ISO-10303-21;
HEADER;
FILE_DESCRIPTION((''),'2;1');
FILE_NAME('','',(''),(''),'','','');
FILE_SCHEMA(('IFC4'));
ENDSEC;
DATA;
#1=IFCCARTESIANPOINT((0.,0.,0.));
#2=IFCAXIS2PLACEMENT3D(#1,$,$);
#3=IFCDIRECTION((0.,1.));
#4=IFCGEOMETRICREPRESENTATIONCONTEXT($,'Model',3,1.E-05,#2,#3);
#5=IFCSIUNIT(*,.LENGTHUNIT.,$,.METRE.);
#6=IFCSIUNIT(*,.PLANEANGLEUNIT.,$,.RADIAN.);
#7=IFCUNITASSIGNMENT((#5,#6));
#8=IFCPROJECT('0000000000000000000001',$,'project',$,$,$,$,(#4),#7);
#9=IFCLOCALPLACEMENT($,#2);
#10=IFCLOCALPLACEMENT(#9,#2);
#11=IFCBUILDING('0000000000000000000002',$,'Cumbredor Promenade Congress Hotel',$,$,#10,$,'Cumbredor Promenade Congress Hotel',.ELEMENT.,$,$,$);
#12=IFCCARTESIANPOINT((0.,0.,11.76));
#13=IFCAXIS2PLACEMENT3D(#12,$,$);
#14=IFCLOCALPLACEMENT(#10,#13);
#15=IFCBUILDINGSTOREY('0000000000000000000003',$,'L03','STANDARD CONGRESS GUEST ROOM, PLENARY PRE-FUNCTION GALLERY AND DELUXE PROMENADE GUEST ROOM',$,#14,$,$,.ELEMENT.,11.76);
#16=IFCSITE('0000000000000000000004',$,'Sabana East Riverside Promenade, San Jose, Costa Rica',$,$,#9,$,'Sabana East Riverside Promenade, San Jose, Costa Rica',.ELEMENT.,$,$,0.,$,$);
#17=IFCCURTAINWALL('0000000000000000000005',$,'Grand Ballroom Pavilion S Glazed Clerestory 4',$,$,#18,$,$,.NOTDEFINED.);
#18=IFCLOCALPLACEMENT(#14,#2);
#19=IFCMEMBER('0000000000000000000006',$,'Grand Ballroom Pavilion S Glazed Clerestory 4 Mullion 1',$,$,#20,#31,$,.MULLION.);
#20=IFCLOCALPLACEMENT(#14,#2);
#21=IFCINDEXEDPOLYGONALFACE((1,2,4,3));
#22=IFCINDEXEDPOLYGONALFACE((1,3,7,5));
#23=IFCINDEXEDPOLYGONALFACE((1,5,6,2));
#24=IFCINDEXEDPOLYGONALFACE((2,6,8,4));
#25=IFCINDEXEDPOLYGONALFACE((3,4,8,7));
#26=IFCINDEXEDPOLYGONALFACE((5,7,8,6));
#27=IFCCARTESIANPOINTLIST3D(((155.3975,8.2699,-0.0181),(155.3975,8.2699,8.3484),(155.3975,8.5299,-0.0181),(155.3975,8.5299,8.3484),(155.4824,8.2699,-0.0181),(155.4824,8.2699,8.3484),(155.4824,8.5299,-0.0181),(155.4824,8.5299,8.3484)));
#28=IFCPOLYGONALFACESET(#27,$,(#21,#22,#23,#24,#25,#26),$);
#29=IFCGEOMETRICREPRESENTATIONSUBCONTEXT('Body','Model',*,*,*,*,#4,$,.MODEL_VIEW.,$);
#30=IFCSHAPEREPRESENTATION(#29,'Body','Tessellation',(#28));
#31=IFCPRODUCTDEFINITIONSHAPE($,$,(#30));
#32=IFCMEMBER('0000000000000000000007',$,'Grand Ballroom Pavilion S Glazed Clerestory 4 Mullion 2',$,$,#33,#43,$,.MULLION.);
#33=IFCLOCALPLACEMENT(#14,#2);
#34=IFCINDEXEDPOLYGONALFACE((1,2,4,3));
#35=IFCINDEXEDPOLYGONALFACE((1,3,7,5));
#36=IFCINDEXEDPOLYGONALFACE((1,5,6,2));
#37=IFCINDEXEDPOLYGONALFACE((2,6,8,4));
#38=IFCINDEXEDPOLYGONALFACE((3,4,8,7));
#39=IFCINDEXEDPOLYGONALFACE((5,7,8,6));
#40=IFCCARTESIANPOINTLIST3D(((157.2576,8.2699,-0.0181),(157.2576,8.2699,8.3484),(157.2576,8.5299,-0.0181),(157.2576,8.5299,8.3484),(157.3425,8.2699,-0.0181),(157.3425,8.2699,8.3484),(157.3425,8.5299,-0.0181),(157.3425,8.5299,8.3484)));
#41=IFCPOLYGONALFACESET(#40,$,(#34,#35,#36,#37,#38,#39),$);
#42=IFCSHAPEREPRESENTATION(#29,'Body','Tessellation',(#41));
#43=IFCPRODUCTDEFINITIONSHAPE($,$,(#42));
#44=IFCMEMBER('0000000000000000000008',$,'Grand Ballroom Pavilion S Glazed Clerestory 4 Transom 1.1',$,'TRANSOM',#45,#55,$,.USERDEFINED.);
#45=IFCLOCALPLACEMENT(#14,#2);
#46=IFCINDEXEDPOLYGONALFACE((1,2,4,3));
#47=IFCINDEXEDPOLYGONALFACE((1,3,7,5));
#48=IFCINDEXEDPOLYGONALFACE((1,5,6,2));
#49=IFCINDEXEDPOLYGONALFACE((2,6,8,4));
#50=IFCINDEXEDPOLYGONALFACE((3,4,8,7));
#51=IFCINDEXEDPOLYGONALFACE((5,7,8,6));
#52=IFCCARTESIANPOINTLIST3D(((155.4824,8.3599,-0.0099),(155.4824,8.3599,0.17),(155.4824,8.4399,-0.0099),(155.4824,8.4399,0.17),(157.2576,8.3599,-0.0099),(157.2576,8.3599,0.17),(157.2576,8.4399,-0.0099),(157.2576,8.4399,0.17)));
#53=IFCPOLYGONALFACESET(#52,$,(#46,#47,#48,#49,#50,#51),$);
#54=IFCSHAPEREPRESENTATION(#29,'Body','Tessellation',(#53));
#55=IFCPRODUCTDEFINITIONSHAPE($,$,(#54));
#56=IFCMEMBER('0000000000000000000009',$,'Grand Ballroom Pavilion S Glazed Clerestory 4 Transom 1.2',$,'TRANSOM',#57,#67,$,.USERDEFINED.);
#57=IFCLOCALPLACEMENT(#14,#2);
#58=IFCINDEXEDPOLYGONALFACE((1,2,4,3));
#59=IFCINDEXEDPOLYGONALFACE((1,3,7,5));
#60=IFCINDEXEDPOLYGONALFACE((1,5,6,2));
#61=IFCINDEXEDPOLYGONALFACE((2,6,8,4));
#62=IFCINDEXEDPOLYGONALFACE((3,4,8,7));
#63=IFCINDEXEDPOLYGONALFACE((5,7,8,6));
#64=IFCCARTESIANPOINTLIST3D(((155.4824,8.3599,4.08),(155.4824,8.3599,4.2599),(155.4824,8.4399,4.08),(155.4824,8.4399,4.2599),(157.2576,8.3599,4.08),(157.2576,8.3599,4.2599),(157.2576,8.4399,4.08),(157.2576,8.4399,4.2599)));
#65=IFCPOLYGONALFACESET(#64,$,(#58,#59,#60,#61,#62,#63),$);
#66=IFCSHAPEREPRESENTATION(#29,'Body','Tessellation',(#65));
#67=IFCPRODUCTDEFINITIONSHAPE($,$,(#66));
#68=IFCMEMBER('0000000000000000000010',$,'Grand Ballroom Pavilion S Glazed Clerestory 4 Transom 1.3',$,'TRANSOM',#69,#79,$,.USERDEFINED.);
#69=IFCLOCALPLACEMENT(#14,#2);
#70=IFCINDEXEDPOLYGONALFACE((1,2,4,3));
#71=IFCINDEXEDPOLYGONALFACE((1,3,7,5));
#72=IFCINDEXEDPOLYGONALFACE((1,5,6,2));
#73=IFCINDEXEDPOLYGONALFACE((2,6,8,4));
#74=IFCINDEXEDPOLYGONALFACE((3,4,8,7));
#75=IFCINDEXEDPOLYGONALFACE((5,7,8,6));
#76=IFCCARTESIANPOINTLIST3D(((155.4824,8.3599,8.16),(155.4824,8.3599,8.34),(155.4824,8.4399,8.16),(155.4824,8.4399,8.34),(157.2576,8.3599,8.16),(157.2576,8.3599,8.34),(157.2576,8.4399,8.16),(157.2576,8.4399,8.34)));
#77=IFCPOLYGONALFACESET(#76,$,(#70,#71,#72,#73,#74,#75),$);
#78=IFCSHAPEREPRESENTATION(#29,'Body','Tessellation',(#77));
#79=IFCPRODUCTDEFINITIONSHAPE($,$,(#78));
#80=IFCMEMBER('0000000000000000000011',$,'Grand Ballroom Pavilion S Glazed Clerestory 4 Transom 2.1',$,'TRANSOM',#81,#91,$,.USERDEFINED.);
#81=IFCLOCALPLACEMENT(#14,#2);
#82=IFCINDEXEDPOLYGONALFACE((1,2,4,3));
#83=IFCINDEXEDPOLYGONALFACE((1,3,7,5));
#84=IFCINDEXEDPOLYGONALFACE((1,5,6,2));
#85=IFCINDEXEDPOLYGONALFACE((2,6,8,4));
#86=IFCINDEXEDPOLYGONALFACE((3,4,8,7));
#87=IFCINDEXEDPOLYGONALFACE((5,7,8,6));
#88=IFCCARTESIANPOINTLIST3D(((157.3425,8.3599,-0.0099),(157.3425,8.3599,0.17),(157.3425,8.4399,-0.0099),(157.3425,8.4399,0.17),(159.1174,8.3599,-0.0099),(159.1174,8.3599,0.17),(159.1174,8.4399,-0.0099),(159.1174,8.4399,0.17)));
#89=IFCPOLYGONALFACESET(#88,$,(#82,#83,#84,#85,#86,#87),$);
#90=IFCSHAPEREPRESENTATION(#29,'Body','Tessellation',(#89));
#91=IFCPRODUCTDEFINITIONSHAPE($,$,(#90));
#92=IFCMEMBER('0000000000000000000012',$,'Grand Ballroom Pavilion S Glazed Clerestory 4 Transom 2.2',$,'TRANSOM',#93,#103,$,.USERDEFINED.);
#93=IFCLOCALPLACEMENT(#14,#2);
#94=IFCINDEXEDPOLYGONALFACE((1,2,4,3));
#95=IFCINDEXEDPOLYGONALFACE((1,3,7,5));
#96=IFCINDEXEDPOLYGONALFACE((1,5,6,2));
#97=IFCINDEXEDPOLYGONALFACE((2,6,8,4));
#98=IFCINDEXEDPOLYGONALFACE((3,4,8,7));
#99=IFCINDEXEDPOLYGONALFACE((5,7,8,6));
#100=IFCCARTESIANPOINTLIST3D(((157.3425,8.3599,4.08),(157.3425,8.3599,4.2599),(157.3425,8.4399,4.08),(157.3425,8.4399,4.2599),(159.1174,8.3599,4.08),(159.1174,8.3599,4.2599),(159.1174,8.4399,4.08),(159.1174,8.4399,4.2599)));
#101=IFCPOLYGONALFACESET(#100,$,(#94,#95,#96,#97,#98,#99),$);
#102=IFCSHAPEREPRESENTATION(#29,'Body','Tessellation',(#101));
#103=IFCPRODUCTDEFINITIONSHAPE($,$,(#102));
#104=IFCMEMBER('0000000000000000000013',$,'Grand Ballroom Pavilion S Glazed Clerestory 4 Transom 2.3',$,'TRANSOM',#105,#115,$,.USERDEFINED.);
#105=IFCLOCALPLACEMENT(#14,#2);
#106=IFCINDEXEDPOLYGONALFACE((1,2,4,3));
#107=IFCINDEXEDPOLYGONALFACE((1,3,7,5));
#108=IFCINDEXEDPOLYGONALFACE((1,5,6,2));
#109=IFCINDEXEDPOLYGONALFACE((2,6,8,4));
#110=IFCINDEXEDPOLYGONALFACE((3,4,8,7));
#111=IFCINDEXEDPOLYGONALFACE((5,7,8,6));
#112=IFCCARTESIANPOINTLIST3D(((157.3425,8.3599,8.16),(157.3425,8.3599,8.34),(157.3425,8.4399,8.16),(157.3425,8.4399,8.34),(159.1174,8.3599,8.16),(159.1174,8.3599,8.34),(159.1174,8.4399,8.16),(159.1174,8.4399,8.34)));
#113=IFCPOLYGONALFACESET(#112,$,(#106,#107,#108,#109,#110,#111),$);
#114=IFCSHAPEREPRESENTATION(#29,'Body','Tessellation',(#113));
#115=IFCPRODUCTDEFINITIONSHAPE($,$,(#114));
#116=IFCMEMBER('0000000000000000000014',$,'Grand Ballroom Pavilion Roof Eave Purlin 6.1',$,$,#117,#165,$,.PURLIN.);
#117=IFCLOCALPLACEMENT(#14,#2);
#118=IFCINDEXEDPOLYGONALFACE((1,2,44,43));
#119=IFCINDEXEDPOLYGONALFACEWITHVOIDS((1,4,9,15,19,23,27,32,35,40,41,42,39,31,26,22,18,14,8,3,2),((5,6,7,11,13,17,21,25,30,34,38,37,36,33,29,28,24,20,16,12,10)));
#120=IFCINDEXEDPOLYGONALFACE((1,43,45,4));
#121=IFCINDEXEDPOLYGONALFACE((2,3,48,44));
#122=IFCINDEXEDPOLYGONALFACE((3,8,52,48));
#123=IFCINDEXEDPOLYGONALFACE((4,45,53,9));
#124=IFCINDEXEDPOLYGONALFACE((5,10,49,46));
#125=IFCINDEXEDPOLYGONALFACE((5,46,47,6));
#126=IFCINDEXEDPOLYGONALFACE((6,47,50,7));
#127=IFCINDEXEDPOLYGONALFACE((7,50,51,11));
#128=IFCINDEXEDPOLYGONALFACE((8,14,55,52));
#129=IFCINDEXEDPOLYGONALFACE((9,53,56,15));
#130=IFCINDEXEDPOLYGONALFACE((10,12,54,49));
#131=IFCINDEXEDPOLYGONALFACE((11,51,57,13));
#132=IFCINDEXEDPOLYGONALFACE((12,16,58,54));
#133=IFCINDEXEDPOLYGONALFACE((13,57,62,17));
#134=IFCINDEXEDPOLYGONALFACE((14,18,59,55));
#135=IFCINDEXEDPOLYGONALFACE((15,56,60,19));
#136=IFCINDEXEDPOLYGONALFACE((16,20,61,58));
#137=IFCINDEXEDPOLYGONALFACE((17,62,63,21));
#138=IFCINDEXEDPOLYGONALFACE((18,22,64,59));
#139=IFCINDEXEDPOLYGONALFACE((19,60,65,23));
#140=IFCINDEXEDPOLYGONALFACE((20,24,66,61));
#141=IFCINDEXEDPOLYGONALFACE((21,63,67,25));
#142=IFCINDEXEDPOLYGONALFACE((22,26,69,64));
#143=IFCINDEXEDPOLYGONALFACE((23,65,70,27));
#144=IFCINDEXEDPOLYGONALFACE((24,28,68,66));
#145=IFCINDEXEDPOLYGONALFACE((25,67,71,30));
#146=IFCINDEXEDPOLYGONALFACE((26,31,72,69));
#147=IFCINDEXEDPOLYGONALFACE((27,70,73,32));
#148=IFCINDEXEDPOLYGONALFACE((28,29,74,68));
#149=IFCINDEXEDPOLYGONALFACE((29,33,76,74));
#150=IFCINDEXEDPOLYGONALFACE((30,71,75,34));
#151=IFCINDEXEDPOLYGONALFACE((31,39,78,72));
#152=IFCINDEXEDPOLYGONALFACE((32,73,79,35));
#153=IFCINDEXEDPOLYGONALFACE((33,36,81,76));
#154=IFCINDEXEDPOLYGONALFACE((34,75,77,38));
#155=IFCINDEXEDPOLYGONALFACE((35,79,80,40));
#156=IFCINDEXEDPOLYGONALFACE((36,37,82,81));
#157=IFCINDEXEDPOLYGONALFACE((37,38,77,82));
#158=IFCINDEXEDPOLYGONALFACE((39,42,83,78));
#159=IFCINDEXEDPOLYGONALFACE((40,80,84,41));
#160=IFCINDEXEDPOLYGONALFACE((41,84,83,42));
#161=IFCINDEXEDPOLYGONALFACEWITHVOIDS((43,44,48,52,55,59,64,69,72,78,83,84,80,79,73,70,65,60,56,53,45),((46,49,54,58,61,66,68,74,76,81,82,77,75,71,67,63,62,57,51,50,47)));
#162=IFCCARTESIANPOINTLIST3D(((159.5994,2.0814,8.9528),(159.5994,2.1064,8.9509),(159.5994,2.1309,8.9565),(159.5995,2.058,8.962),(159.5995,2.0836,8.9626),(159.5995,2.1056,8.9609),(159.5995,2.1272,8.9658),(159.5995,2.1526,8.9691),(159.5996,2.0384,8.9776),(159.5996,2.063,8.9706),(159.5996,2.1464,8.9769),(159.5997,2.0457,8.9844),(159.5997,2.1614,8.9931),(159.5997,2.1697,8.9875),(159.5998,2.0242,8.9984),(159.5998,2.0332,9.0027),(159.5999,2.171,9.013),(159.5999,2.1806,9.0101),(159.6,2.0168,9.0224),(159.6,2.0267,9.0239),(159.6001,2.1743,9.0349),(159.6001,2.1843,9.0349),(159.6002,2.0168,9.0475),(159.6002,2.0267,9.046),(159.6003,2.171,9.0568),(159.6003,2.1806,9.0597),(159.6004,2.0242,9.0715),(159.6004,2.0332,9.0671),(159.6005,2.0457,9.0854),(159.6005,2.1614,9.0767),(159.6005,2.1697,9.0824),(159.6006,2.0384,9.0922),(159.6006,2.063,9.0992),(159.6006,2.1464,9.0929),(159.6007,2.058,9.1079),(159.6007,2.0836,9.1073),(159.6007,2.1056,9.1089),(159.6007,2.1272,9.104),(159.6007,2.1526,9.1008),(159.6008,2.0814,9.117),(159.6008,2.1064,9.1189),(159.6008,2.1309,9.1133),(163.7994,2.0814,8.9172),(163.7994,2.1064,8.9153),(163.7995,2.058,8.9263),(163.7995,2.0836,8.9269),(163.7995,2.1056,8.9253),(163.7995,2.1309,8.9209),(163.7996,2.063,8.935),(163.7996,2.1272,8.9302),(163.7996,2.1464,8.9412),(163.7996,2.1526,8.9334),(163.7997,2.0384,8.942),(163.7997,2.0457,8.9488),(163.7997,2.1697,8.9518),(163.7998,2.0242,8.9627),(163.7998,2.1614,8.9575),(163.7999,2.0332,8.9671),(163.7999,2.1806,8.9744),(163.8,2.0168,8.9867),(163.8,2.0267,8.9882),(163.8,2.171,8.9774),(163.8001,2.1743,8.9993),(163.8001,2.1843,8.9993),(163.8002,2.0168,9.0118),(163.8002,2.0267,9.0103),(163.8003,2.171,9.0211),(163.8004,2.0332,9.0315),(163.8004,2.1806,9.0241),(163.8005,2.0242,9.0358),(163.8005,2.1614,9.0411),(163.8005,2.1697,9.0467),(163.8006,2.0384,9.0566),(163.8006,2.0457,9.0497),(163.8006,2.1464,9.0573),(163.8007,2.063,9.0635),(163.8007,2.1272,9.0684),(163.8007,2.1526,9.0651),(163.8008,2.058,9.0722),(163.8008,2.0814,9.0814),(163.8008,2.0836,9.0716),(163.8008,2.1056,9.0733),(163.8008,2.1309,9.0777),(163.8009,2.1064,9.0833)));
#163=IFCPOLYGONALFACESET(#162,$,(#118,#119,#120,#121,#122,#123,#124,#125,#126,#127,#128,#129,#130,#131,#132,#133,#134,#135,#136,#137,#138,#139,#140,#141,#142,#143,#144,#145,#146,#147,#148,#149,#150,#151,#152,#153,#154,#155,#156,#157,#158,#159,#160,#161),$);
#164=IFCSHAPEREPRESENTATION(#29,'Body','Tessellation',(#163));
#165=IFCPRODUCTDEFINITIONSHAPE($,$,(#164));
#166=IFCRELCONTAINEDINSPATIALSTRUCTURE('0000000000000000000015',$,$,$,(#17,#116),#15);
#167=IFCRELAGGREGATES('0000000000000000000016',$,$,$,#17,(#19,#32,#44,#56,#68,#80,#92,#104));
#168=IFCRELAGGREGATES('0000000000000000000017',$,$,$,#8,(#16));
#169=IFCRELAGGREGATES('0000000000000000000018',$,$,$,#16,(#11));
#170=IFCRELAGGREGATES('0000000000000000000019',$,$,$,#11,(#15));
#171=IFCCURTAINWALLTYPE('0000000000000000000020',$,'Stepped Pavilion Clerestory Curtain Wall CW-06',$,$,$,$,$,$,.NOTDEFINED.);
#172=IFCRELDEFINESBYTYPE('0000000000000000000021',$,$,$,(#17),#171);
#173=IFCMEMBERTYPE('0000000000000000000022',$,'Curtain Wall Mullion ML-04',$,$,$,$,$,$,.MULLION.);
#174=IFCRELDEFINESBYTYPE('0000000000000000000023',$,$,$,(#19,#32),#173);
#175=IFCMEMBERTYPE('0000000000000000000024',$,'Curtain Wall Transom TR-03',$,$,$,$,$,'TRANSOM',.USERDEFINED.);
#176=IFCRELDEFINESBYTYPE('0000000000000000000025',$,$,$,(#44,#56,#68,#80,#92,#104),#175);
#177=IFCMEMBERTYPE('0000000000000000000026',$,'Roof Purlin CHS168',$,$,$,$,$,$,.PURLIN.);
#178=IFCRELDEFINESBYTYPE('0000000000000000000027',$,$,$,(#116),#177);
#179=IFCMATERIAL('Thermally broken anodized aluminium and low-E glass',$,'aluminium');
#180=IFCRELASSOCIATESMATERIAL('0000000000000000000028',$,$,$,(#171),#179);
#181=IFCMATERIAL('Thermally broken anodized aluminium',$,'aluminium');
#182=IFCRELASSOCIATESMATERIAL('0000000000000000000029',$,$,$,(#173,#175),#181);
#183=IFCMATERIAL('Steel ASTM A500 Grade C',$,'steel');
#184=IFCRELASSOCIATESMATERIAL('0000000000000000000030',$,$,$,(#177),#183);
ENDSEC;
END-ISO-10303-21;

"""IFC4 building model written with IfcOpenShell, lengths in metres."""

from ifc_helpers import new_model, si_unit, direction, frame, origin, origin_2d, place, context, subcontext, project, spatial, rectangle, hollow_circle, extrude, material, material_profile, profile_set, type_object, element, aggregate, save


model = new_model("IFC4")

# Units and contexts
model_context = context("Model", 3, precision=1e-05, world=origin(), true_north=direction((0.0, 1.0)))
body_context = subcontext(model_context, "Body", "Model", "MODEL_VIEW")
ifc_project = project(units=[si_unit("LENGTHUNIT", "METRE"), si_unit("PLANEANGLEUNIT", "RADIAN")], contexts=[model_context])

# Site, building, storey
site_placement = place(None, origin())
site = spatial("IfcSite", under=ifc_project, at=site_placement, Name="Sabana East Riverside Promenade, San Jose, Costa Rica", LongName="Sabana East Riverside Promenade, San Jose, Costa Rica", CompositionType="ELEMENT", RefElevation=0.0)
building_placement = place(site_placement, origin())
building = spatial("IfcBuilding", under=site, at=building_placement, Name="Cumbredor Promenade Congress Hotel", LongName="Cumbredor Promenade Congress Hotel", CompositionType="ELEMENT")
storey_placement = place(building_placement, frame((0.0, 0.0, 11.76)))
storey = spatial("IfcBuildingStorey", under=building, at=storey_placement, Name="L03", Description="STANDARD CONGRESS GUEST ROOM, PLENARY PRE-FUNCTION GALLERY AND DELUXE PROMENADE GUEST ROOM", CompositionType="ELEMENT", Elevation=11.76)

# Shared definitions
ifc_material_1 = material(Name="Steel ASTM A500 Grade C", Category="steel")

# Curtain wall, members
ifc_material_2 = material(Name="Thermally broken anodized aluminium and low-E glass", Category="aluminium")
curtain_wall_type = type_object("IfcCurtainWallType", Name="Stepped Pavilion Clerestory Curtain Wall CW-06", PredefinedType="NOTDEFINED", material=ifc_material_2)
curtain_wall_placement = place(storey_placement, origin())
curtain_wall = element("IfcCurtainWall", 1, at=curtain_wall_placement, inside=storey, type_object=curtain_wall_type, Name="Grand Ballroom Pavilion S Glazed Clerestory 4", PredefinedType="NOTDEFINED")
ifc_material_3 = material(Name="Thermally broken anodized aluminium", Category="aluminium")
ifc_material_profile_1 = material_profile(ifc_material_3, rectangle(XDim=0.085, YDim=0.26, at=origin_2d()), Name="ALU MULLION CLERESTORY 85x260")
ifc_profile_set_1 = profile_set([ifc_material_profile_1], Name="Thermally broken anodized aluminium")
member_type_1 = type_object("IfcMemberType", Name="Curtain Wall Mullion ML-04", PredefinedType="MULLION", material=ifc_profile_set_1)
member_1_placement = place(storey_placement, frame((155.4399, 8.3999, -0.0181), z_axis=(0.0, 0.0, 1.0), x_axis=(1.0, 0.0, 0.0)))
member_1 = element("IfcMember", 2, at=member_1_placement, type_object=member_type_1, Name="Grand Ballroom Pavilion S Glazed Clerestory 4 Mullion 1", PredefinedType="MULLION", context=body_context, shape_type="SweptSolid", body=[
    extrude(rectangle(XDim=0.085, YDim=0.26, at=origin_2d()), origin(), (0.0, 0.0, 1.0), 8.3665),
])
member_2_placement = place(storey_placement, frame((157.3, 8.3999, -0.0181), z_axis=(0.0, 0.0, 1.0), x_axis=(1.0, 0.0, 0.0)))
member_2 = element("IfcMember", 3, at=member_2_placement, type_object=member_type_1, Name="Grand Ballroom Pavilion S Glazed Clerestory 4 Mullion 2", PredefinedType="MULLION", context=body_context, shape_type="SweptSolid", body=[
    extrude(rectangle(XDim=0.085, YDim=0.26, at=origin_2d()), origin(), (0.0, 0.0, 1.0), 8.3665),
])
ifc_material_profile_2 = material_profile(ifc_material_3, rectangle(XDim=0.0801, YDim=0.1799, at=origin_2d()), Name="ALU TRANSOM 80x180")
ifc_profile_set_2 = profile_set([ifc_material_profile_2], Name="Thermally broken anodized aluminium")
member_type_2 = type_object("IfcMemberType", Name="Curtain Wall Transom TR-03", ElementType="TRANSOM", PredefinedType="USERDEFINED", material=ifc_profile_set_2)
member_3_placement = place(storey_placement, frame((155.4824, 8.3999, 0.0801), z_axis=(1.0, 0.0, 0.0), x_axis=(0.0, 1.0, 0.0)))
member_3 = element("IfcMember", 4, at=member_3_placement, type_object=member_type_2, Name="Grand Ballroom Pavilion S Glazed Clerestory 4 Transom 1.1", ObjectType="TRANSOM", PredefinedType="USERDEFINED", context=body_context, shape_type="SweptSolid", body=[
    extrude(rectangle(XDim=0.0801, YDim=0.1799, at=origin_2d()), origin(), (0.0, 0.0, 1.0), 1.7751),
])
member_4_placement = place(storey_placement, frame((155.4824, 8.3999, 4.1699), z_axis=(1.0, 0.0, 0.0), x_axis=(0.0, 1.0, 0.0)))
member_4 = element("IfcMember", 5, at=member_4_placement, type_object=member_type_2, Name="Grand Ballroom Pavilion S Glazed Clerestory 4 Transom 1.2", ObjectType="TRANSOM", PredefinedType="USERDEFINED", context=body_context, shape_type="SweptSolid", body=[
    extrude(rectangle(XDim=0.0801, YDim=0.1799, at=origin_2d()), origin(), (0.0, 0.0, 1.0), 1.7751),
])
member_5_placement = place(storey_placement, frame((155.4824, 8.3999, 8.25), z_axis=(1.0, 0.0, 0.0), x_axis=(0.0, 1.0, 0.0)))
member_5 = element("IfcMember", 6, at=member_5_placement, type_object=member_type_2, Name="Grand Ballroom Pavilion S Glazed Clerestory 4 Transom 1.3", ObjectType="TRANSOM", PredefinedType="USERDEFINED", context=body_context, shape_type="SweptSolid", body=[
    extrude(rectangle(XDim=0.0801, YDim=0.1799, at=origin_2d()), origin(), (0.0, 0.0, 1.0), 1.7751),
])
member_6_placement = place(storey_placement, frame((157.3425, 8.3999, 0.0801), z_axis=(1.0, 0.0, 0.0), x_axis=(0.0, 1.0, 0.0)))
member_6 = element("IfcMember", 7, at=member_6_placement, type_object=member_type_2, Name="Grand Ballroom Pavilion S Glazed Clerestory 4 Transom 2.1", ObjectType="TRANSOM", PredefinedType="USERDEFINED", context=body_context, shape_type="SweptSolid", body=[
    extrude(rectangle(XDim=0.0801, YDim=0.1799, at=origin_2d()), origin(), (0.0, 0.0, 1.0), 1.7749),
])
member_7_placement = place(storey_placement, frame((157.3425, 8.3999, 4.1699), z_axis=(1.0, 0.0, 0.0), x_axis=(0.0, 1.0, 0.0)))
member_7 = element("IfcMember", 8, at=member_7_placement, type_object=member_type_2, Name="Grand Ballroom Pavilion S Glazed Clerestory 4 Transom 2.2", ObjectType="TRANSOM", PredefinedType="USERDEFINED", context=body_context, shape_type="SweptSolid", body=[
    extrude(rectangle(XDim=0.0801, YDim=0.1799, at=origin_2d()), origin(), (0.0, 0.0, 1.0), 1.7749),
])
member_8_placement = place(storey_placement, frame((157.3425, 8.3999, 8.25), z_axis=(1.0, 0.0, 0.0), x_axis=(0.0, 1.0, 0.0)))
member_8 = element("IfcMember", 9, at=member_8_placement, type_object=member_type_2, Name="Grand Ballroom Pavilion S Glazed Clerestory 4 Transom 2.3", ObjectType="TRANSOM", PredefinedType="USERDEFINED", context=body_context, shape_type="SweptSolid", body=[
    extrude(rectangle(XDim=0.0801, YDim=0.1799, at=origin_2d()), origin(), (0.0, 0.0, 1.0), 1.7749),
])

# Member
ifc_material_profile_3 = material_profile(ifc_material_1, hollow_circle(Radius=0.0842, WallThickness=0.01, at=origin_2d()), Name="CHS 168.3x10")
ifc_profile_set_3 = profile_set([ifc_material_profile_3], Name="Steel ASTM A500 Grade C")
member_type_3 = type_object("IfcMemberType", Name="Roof Purlin CHS168", PredefinedType="PURLIN", material=ifc_profile_set_3)
member_9_placement = place(storey_placement, frame((159.6001, 2.1001, 9.0349), z_axis=(0.999964, 0.0, -0.008487), x_axis=(0.0, 1.0, 0.0)))
element("IfcMember", 10, at=member_9_placement, inside=storey, type_object=member_type_3, Name="Grand Ballroom Pavilion Roof Eave Purlin 6.1", PredefinedType="PURLIN", context=body_context, shape_type="SweptSolid", body=[
    extrude(hollow_circle(Radius=0.0842, WallThickness=0.01, at=origin_2d()), origin(), (0.0, 0.0, 1.0), 4.2002),
])

aggregate(curtain_wall, [member_1, member_2, member_3, member_4, member_5, member_6, member_7, member_8])

save(model, "model.ifc")
